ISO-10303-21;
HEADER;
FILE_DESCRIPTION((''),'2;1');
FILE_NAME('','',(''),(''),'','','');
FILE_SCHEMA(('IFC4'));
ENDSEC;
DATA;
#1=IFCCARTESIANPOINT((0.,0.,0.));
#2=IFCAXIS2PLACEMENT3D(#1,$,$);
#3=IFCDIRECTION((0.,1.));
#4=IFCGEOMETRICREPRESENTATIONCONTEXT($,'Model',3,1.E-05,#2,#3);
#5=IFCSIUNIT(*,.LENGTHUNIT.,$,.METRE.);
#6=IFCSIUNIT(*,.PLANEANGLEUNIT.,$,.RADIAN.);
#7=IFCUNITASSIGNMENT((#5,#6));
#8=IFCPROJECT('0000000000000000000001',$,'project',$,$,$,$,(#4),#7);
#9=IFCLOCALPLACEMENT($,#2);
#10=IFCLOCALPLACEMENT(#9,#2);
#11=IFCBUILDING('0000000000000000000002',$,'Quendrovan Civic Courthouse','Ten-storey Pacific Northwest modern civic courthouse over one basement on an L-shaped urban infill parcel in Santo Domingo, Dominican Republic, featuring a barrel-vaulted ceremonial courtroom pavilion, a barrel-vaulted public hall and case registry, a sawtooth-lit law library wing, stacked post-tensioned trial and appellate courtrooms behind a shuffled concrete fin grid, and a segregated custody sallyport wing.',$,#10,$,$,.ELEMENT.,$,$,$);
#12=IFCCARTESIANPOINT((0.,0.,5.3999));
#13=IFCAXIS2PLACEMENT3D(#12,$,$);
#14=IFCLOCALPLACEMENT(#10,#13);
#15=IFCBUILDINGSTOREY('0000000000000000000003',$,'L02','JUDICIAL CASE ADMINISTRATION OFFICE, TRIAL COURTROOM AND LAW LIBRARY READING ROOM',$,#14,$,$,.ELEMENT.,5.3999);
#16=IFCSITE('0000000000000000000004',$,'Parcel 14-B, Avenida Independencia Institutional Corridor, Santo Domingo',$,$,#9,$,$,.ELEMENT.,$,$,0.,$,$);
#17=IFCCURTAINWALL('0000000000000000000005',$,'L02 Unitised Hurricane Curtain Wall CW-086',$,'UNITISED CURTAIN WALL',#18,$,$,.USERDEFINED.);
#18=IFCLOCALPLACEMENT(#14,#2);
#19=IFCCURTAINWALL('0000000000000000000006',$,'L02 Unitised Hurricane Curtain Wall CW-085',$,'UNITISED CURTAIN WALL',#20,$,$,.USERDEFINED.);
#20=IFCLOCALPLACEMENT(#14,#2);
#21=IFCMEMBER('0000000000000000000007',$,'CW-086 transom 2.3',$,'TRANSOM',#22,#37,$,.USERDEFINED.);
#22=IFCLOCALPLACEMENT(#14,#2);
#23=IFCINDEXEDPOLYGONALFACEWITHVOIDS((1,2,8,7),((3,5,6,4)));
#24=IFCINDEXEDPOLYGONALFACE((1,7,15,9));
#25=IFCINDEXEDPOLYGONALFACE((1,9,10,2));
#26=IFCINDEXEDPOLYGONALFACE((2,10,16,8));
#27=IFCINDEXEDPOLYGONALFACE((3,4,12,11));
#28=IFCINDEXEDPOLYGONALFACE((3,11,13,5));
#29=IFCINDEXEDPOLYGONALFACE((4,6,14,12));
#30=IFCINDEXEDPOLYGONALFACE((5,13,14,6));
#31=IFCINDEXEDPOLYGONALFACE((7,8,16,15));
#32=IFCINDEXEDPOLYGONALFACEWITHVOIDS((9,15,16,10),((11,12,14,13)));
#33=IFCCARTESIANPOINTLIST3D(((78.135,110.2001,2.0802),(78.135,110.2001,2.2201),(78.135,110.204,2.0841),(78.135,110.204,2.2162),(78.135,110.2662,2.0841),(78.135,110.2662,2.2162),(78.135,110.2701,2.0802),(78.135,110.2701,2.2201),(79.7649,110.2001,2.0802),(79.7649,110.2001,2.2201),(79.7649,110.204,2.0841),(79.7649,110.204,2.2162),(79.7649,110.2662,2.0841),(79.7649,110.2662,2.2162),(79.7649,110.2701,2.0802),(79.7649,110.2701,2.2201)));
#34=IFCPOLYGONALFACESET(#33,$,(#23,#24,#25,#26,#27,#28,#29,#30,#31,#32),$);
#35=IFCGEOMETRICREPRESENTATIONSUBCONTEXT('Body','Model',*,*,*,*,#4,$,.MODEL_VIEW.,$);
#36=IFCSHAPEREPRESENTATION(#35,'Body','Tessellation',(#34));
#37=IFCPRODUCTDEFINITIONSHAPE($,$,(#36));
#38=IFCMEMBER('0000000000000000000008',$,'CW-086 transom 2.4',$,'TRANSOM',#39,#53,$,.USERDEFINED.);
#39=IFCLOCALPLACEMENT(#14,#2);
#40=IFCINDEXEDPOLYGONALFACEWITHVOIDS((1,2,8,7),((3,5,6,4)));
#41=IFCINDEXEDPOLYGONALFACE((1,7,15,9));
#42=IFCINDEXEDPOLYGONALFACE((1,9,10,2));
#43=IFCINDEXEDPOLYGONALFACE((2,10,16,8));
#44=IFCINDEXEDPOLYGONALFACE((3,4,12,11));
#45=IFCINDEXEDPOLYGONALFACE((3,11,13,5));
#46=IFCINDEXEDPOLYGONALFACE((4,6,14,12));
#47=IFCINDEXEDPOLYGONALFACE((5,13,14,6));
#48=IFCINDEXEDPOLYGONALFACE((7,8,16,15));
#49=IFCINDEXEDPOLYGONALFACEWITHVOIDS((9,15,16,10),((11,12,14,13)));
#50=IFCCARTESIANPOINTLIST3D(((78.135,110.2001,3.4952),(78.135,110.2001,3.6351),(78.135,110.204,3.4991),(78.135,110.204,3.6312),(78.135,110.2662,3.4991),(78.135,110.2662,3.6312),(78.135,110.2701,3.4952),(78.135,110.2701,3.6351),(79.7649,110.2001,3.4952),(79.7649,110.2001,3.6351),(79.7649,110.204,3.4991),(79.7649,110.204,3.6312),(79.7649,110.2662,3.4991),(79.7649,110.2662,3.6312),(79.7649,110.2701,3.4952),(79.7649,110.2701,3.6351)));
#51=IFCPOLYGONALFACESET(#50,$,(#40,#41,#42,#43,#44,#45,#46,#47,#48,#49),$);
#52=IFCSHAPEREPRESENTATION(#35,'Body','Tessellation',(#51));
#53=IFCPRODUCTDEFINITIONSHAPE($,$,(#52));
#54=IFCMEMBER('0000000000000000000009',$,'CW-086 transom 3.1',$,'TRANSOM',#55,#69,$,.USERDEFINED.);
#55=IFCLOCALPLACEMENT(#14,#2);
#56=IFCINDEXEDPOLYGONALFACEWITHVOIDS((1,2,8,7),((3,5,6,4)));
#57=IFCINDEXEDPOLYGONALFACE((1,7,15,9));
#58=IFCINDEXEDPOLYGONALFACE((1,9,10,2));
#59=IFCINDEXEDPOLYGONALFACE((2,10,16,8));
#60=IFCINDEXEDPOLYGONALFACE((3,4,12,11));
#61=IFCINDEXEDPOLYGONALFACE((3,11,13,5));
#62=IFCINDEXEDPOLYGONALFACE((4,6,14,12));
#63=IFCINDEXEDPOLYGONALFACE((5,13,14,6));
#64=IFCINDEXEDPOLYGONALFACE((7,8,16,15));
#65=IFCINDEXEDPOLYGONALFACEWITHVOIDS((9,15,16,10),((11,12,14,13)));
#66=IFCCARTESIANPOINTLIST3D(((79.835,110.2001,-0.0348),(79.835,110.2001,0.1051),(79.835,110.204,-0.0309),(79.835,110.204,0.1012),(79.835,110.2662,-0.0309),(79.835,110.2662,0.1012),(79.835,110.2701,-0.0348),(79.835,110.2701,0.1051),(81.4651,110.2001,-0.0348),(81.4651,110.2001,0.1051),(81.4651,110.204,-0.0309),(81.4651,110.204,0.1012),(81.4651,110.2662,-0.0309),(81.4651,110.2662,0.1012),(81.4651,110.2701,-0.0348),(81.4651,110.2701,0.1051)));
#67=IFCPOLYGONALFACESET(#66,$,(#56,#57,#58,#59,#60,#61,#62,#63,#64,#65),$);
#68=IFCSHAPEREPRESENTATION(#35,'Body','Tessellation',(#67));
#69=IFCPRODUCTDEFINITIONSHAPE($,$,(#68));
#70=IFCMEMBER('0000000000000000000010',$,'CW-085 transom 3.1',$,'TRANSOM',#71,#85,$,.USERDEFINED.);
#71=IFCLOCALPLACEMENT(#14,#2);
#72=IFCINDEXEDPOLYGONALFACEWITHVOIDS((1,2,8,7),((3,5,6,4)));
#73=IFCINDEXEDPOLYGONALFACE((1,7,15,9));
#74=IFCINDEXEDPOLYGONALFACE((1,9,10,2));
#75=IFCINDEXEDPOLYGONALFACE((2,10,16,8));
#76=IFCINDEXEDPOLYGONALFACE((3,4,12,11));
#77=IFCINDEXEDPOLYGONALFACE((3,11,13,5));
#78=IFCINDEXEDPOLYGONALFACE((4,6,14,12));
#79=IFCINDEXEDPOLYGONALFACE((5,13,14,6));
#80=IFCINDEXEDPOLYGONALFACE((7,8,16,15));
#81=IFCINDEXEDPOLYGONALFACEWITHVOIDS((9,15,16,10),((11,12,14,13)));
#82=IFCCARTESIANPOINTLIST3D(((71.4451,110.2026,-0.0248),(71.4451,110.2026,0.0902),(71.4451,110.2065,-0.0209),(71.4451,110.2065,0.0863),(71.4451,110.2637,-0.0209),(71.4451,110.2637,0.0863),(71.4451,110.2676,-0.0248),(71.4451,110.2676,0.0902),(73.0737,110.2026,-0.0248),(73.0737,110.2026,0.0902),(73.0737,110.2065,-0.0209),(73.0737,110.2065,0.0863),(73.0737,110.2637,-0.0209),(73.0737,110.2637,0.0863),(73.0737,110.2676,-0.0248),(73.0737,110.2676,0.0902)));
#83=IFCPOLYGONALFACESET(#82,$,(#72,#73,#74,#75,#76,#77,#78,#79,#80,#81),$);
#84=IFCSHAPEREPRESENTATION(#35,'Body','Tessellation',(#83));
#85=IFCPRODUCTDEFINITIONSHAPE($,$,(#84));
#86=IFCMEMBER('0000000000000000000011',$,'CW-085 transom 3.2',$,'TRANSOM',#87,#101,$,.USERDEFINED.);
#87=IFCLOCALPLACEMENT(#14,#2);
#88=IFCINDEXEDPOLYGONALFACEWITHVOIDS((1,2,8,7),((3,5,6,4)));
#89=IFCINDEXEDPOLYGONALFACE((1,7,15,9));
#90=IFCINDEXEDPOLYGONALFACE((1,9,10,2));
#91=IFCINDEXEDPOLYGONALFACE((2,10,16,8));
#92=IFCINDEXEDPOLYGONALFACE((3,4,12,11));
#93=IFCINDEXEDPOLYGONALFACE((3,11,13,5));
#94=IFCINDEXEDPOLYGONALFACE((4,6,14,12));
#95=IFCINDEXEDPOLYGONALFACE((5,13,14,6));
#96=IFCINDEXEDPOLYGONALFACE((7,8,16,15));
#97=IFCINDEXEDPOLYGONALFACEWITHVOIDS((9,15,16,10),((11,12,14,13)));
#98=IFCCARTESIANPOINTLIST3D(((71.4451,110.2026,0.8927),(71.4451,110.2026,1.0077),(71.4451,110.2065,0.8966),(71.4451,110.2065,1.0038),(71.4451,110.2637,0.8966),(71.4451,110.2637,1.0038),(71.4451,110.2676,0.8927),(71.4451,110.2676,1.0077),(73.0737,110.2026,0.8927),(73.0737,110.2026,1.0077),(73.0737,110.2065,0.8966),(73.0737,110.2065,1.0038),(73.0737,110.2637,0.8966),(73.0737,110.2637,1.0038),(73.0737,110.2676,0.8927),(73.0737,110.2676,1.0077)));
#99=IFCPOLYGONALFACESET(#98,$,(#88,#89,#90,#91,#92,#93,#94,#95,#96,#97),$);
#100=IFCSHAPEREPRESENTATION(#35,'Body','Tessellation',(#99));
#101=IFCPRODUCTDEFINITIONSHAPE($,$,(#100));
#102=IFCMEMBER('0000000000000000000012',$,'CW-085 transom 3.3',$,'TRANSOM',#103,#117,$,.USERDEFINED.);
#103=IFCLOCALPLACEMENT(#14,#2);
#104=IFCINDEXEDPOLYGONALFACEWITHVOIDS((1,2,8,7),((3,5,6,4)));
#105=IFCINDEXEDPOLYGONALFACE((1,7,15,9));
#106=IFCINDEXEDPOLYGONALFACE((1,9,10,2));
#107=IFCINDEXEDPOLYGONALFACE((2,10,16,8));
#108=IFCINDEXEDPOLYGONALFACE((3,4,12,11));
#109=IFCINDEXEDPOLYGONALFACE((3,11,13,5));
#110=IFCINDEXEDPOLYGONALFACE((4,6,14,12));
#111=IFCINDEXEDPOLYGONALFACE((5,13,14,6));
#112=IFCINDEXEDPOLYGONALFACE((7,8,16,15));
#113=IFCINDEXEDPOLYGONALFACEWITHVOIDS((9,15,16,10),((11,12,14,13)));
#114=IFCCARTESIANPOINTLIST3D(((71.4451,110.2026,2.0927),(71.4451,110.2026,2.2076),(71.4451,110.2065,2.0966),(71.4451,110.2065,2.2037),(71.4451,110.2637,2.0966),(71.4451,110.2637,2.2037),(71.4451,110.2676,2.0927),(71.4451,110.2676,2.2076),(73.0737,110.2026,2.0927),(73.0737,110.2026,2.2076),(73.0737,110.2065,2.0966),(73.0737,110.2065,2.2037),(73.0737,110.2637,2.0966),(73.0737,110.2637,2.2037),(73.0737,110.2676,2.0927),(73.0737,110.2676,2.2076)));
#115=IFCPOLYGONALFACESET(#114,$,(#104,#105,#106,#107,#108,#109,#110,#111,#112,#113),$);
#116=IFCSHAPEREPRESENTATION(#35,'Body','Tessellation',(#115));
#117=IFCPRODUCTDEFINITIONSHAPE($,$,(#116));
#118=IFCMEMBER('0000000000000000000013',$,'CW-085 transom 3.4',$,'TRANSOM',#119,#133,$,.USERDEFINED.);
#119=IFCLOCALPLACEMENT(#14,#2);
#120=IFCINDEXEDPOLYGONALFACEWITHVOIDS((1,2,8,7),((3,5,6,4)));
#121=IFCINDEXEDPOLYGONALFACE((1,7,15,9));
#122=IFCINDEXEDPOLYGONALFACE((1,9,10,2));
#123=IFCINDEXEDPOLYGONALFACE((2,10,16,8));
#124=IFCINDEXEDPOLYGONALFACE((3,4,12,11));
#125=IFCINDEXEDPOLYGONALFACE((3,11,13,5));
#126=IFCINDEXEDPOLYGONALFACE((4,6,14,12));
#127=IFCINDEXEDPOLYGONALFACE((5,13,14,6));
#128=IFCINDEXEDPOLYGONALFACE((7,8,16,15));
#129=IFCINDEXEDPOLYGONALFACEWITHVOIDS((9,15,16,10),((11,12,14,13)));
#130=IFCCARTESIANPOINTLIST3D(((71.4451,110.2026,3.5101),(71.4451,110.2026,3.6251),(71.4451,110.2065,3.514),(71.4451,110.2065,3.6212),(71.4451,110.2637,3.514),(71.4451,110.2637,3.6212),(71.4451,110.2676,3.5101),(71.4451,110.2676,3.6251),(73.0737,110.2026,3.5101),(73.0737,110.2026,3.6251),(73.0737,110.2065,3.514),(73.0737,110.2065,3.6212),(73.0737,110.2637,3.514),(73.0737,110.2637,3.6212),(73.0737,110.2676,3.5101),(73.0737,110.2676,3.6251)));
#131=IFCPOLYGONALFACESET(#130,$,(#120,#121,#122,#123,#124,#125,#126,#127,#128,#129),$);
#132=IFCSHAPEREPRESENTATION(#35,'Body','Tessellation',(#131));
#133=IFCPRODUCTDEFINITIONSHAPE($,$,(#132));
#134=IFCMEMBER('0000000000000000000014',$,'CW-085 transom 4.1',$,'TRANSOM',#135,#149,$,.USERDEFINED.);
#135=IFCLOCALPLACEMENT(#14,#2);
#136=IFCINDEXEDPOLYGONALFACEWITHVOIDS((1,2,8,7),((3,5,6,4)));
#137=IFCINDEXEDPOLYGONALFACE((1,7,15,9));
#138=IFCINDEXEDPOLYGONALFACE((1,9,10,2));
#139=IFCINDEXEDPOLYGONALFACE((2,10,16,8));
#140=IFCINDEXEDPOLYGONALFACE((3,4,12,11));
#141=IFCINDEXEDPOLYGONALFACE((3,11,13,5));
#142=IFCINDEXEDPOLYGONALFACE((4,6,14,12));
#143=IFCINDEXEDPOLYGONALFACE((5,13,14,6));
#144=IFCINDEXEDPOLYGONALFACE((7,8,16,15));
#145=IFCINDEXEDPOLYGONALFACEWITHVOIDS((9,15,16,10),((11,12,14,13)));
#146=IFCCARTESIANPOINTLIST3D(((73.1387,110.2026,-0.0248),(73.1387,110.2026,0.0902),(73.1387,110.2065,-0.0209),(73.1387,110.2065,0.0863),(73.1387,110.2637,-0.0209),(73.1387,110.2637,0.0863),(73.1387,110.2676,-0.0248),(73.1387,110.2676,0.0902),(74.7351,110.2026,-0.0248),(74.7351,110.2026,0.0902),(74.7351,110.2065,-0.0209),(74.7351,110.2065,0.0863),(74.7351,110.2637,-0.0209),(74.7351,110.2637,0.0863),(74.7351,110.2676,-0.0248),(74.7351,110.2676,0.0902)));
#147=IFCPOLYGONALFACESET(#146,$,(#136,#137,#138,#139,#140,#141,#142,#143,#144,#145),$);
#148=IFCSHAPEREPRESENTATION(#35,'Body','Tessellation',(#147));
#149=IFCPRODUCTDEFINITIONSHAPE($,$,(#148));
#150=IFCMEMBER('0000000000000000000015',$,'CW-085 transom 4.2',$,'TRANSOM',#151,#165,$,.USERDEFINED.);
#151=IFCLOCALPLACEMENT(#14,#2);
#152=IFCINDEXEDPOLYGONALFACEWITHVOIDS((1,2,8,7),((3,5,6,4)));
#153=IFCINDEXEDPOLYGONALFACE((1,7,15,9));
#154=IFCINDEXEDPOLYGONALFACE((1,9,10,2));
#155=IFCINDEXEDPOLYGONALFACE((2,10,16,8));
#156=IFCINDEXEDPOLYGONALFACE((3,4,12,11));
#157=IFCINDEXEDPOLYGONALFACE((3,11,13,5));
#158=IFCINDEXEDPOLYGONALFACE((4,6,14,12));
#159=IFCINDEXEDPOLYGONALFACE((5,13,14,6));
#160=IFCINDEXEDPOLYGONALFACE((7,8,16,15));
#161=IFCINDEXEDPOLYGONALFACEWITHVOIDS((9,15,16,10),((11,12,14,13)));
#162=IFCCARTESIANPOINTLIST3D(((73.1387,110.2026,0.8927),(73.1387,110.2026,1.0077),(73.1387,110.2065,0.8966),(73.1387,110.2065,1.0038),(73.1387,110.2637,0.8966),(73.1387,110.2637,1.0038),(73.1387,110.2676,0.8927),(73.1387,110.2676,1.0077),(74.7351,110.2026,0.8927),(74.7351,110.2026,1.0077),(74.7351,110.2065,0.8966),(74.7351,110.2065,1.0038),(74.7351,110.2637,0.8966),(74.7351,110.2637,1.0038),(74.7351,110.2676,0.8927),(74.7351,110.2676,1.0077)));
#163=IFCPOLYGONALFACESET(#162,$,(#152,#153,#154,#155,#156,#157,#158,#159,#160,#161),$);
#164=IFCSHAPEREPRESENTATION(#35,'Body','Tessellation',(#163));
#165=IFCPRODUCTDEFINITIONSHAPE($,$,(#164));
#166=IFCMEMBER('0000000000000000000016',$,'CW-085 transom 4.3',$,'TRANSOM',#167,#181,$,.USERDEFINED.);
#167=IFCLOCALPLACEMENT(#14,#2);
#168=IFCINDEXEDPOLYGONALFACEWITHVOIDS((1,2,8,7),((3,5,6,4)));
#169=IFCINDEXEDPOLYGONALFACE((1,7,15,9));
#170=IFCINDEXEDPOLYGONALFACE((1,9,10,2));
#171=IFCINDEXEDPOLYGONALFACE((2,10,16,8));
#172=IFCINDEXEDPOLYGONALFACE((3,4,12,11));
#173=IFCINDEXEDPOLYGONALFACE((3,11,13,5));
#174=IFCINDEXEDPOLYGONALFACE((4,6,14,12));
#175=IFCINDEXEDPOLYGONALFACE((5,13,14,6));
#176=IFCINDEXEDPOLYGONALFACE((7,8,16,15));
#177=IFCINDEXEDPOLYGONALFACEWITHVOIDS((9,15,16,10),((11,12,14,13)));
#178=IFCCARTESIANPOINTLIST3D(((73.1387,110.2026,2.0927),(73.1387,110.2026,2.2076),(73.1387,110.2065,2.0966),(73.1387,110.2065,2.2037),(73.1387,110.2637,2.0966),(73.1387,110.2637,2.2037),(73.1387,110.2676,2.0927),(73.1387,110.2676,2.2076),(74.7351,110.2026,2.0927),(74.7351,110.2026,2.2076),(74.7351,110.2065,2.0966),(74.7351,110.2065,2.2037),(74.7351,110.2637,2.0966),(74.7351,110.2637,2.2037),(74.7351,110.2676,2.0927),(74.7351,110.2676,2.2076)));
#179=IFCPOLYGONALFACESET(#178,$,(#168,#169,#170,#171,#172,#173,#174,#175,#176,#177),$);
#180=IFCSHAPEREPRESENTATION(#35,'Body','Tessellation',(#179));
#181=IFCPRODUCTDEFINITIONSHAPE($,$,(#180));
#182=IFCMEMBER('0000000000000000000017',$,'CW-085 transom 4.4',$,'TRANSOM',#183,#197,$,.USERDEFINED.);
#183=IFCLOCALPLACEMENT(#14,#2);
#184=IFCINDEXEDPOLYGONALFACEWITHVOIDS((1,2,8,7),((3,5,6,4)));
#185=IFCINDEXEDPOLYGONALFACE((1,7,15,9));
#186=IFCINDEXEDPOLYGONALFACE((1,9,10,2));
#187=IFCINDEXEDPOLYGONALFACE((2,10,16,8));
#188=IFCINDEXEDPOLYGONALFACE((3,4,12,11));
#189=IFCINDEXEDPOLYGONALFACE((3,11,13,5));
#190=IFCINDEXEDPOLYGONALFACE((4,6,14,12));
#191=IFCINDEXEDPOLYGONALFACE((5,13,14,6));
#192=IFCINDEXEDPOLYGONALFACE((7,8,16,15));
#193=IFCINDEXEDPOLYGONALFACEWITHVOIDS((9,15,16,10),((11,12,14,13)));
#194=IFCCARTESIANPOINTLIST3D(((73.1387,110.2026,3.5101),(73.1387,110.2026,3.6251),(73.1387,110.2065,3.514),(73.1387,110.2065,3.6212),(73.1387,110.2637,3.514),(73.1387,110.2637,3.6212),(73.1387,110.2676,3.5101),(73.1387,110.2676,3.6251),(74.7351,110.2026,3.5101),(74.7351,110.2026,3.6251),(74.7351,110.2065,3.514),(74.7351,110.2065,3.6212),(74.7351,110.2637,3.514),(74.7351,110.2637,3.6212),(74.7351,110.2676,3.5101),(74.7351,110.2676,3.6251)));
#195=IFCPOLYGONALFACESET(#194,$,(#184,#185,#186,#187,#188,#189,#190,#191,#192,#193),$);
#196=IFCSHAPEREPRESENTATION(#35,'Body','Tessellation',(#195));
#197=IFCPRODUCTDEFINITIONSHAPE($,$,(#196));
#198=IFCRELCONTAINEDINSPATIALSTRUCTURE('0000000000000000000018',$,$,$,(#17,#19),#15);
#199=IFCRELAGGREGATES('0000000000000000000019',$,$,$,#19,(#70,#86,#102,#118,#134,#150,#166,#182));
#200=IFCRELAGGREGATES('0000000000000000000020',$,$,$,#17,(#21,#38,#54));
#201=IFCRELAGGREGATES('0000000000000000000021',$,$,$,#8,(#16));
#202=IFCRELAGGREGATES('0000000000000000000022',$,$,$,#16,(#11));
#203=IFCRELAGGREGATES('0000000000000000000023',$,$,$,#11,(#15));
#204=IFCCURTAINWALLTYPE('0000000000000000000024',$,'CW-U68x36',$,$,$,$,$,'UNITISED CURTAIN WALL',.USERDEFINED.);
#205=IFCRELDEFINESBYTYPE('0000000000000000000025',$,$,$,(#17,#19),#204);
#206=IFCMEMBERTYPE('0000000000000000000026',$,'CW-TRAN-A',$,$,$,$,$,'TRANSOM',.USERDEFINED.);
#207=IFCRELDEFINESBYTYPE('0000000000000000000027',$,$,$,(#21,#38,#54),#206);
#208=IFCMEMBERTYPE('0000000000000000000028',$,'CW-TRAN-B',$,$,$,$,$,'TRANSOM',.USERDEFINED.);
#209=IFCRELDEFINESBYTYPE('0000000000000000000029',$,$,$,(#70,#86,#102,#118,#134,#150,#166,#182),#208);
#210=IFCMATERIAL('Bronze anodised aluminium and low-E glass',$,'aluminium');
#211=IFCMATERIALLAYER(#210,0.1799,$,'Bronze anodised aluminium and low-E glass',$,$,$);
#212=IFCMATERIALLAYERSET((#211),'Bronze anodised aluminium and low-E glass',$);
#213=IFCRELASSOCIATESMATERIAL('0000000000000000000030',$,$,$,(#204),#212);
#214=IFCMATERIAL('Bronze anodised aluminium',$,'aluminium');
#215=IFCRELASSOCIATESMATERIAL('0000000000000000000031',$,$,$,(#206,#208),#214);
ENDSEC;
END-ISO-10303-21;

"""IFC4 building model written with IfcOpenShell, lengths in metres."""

from ifc_helpers import new_model, si_unit, direction, frame, origin, origin_2d, place, context, subcontext, project, spatial, hollow_rectangle, extrude, material, layer, layer_set, material_profile, profile_set, type_object, element, aggregate, save


model = new_model("IFC4")

# Units and contexts
model_context = context("Model", 3, precision=1e-05, world=origin(), true_north=direction((0.0, 1.0)))
body_context = subcontext(model_context, "Body", "Model", "MODEL_VIEW")
ifc_project = project(units=[si_unit("LENGTHUNIT", "METRE"), si_unit("PLANEANGLEUNIT", "RADIAN")], contexts=[model_context])

# Site, building, storey
site_placement = place(None, origin())
site = spatial("IfcSite", under=ifc_project, at=site_placement, Name="Parcel 14-B, Avenida Independencia Institutional Corridor, Santo Domingo", CompositionType="ELEMENT", RefElevation=0.0)
building_placement = place(site_placement, origin())
building = spatial("IfcBuilding", under=site, at=building_placement, Name="Quendrovan Civic Courthouse", Description="Ten-storey Pacific Northwest modern civic courthouse over one basement on an L-shaped urban infill parcel in Santo Domingo, Dominican Republic, featuring a barrel-vaulted ceremonial courtroom pavilion, a barrel-vaulted public hall and case registry, a sawtooth-lit law library wing, stacked post-tensioned trial and appellate courtrooms behind a shuffled concrete fin grid, and a segregated custody sallyport wing.", CompositionType="ELEMENT")
storey_placement = place(building_placement, frame((0.0, 0.0, 5.3999)))
storey = spatial("IfcBuildingStorey", under=building, at=storey_placement, Name="L02", Description="JUDICIAL CASE ADMINISTRATION OFFICE, TRIAL COURTROOM AND LAW LIBRARY READING ROOM", CompositionType="ELEMENT", Elevation=5.3999)

# Curtain walls
ifc_material_1 = material(Name="Bronze anodised aluminium and low-E glass", Category="aluminium")
ifc_layer_1 = layer(ifc_material_1, 0.1799, Name="Bronze anodised aluminium and low-E glass")
ifc_layer_set_1 = layer_set([ifc_layer_1], Name="Bronze anodised aluminium and low-E glass")
curtain_wall_type = type_object("IfcCurtainWallType", Name="CW-U68x36", ElementType="UNITISED CURTAIN WALL", PredefinedType="USERDEFINED", material=ifc_layer_set_1)
curtain_wall_1_placement = place(storey_placement, origin())
curtain_wall_1 = element("IfcCurtainWall", 1, at=curtain_wall_1_placement, inside=storey, type_object=curtain_wall_type, Name="L02 Unitised Hurricane Curtain Wall CW-086", ObjectType="UNITISED CURTAIN WALL", PredefinedType="USERDEFINED")
ifc_material_2 = material(Name="Bronze anodised aluminium", Category="aluminium")
curtain_wall_2_placement = place(storey_placement, origin())
curtain_wall_2 = element("IfcCurtainWall", 2, at=curtain_wall_2_placement, inside=storey, type_object=curtain_wall_type, Name="L02 Unitised Hurricane Curtain Wall CW-085", ObjectType="UNITISED CURTAIN WALL", PredefinedType="USERDEFINED")

# Members
ifc_material_profile_1 = material_profile(ifc_material_2, hollow_rectangle(XDim=0.0701, YDim=0.1399, WallThickness=0.0039, at=origin_2d()), Name="CW-TRAN-70x140")
ifc_profile_set_1 = profile_set([ifc_material_profile_1], Name="Bronze anodised aluminium")
member_type_1 = type_object("IfcMemberType", Name="CW-TRAN-A", ElementType="TRANSOM", PredefinedType="USERDEFINED", material=ifc_profile_set_1)
member_1_placement = place(storey_placement, frame((78.135, 110.2351, 2.1501), z_axis=(1.0, 0.0, 0.0), x_axis=(0.0, 1.0, 0.0)))
member_1 = element("IfcMember", 3, at=member_1_placement, type_object=member_type_1, Name="CW-086 transom 2.3", ObjectType="TRANSOM", PredefinedType="USERDEFINED", context=body_context, shape_type="SweptSolid", body=[
    extrude(hollow_rectangle(XDim=0.0701, YDim=0.1399, WallThickness=0.0039, at=origin_2d()), origin(), (0.0, 0.0, 1.0), 1.6299),
])
member_2_placement = place(storey_placement, frame((78.135, 110.2351, 3.5652), z_axis=(1.0, 0.0, 0.0), x_axis=(0.0, 1.0, 0.0)))
member_2 = element("IfcMember", 4, at=member_2_placement, type_object=member_type_1, Name="CW-086 transom 2.4", ObjectType="TRANSOM", PredefinedType="USERDEFINED", context=body_context, shape_type="SweptSolid", body=[
    extrude(hollow_rectangle(XDim=0.0701, YDim=0.1399, WallThickness=0.0039, at=origin_2d()), origin(), (0.0, 0.0, 1.0), 1.6299),
])
member_3_placement = place(storey_placement, frame((79.835, 110.2351, 0.0352), z_axis=(1.0, 0.0, 0.0), x_axis=(0.0, 1.0, 0.0)))
member_3 = element("IfcMember", 5, at=member_3_placement, type_object=member_type_1, Name="CW-086 transom 3.1", ObjectType="TRANSOM", PredefinedType="USERDEFINED", context=body_context, shape_type="SweptSolid", body=[
    extrude(hollow_rectangle(XDim=0.0701, YDim=0.1399, WallThickness=0.0039, at=origin_2d()), origin(), (0.0, 0.0, 1.0), 1.6301),
])
ifc_material_profile_2 = material_profile(ifc_material_2, hollow_rectangle(XDim=0.0649, YDim=0.115, WallThickness=0.0039, at=origin_2d()), Name="CW-TRAN-65x115")
ifc_profile_set_2 = profile_set([ifc_material_profile_2], Name="Bronze anodised aluminium")
member_type_2 = type_object("IfcMemberType", Name="CW-TRAN-B", ElementType="TRANSOM", PredefinedType="USERDEFINED", material=ifc_profile_set_2)
member_4_placement = place(storey_placement, frame((71.4451, 110.2351, 0.0327), z_axis=(1.0, 0.0, 0.0), x_axis=(0.0, 1.0, 0.0)))
member_4 = element("IfcMember", 6, at=member_4_placement, type_object=member_type_2, Name="CW-085 transom 3.1", ObjectType="TRANSOM", PredefinedType="USERDEFINED", context=body_context, shape_type="SweptSolid", body=[
    extrude(hollow_rectangle(XDim=0.0649, YDim=0.115, WallThickness=0.0039, at=origin_2d()), origin(), (0.0, 0.0, 1.0), 1.6287),
])
member_5_placement = place(storey_placement, frame((71.4451, 110.2351, 0.9502), z_axis=(1.0, 0.0, 0.0), x_axis=(0.0, 1.0, 0.0)))
member_5 = element("IfcMember", 7, at=member_5_placement, type_object=member_type_2, Name="CW-085 transom 3.2", ObjectType="TRANSOM", PredefinedType="USERDEFINED", context=body_context, shape_type="SweptSolid", body=[
    extrude(hollow_rectangle(XDim=0.0649, YDim=0.115, WallThickness=0.0039, at=origin_2d()), origin(), (0.0, 0.0, 1.0), 1.6287),
])
member_6_placement = place(storey_placement, frame((71.4451, 110.2351, 2.1501), z_axis=(1.0, 0.0, 0.0), x_axis=(0.0, 1.0, 0.0)))
member_6 = element("IfcMember", 8, at=member_6_placement, type_object=member_type_2, Name="CW-085 transom 3.3", ObjectType="TRANSOM", PredefinedType="USERDEFINED", context=body_context, shape_type="SweptSolid", body=[
    extrude(hollow_rectangle(XDim=0.0649, YDim=0.115, WallThickness=0.0039, at=origin_2d()), origin(), (0.0, 0.0, 1.0), 1.6287),
])
member_7_placement = place(storey_placement, frame((71.4451, 110.2351, 3.5676), z_axis=(1.0, 0.0, 0.0), x_axis=(0.0, 1.0, 0.0)))
member_7 = element("IfcMember", 9, at=member_7_placement, type_object=member_type_2, Name="CW-085 transom 3.4", ObjectType="TRANSOM", PredefinedType="USERDEFINED", context=body_context, shape_type="SweptSolid", body=[
    extrude(hollow_rectangle(XDim=0.0649, YDim=0.115, WallThickness=0.0039, at=origin_2d()), origin(), (0.0, 0.0, 1.0), 1.6287),
])
member_8_placement = place(storey_placement, frame((73.1387, 110.2351, 0.0327), z_axis=(1.0, 0.0, 0.0), x_axis=(0.0, 1.0, 0.0)))
member_8 = element("IfcMember", 10, at=member_8_placement, type_object=member_type_2, Name="CW-085 transom 4.1", ObjectType="TRANSOM", PredefinedType="USERDEFINED", context=body_context, shape_type="SweptSolid", body=[
    extrude(hollow_rectangle(XDim=0.0649, YDim=0.115, WallThickness=0.0039, at=origin_2d()), origin(), (0.0, 0.0, 1.0), 1.5964),
])
member_9_placement = place(storey_placement, frame((73.1387, 110.2351, 0.9502), z_axis=(1.0, 0.0, 0.0), x_axis=(0.0, 1.0, 0.0)))
member_9 = element("IfcMember", 11, at=member_9_placement, type_object=member_type_2, Name="CW-085 transom 4.2", ObjectType="TRANSOM", PredefinedType="USERDEFINED", context=body_context, shape_type="SweptSolid", body=[
    extrude(hollow_rectangle(XDim=0.0649, YDim=0.115, WallThickness=0.0039, at=origin_2d()), origin(), (0.0, 0.0, 1.0), 1.5964),
])
member_10_placement = place(storey_placement, frame((73.1387, 110.2351, 2.1501), z_axis=(1.0, 0.0, 0.0), x_axis=(0.0, 1.0, 0.0)))
member_10 = element("IfcMember", 12, at=member_10_placement, type_object=member_type_2, Name="CW-085 transom 4.3", ObjectType="TRANSOM", PredefinedType="USERDEFINED", context=body_context, shape_type="SweptSolid", body=[
    extrude(hollow_rectangle(XDim=0.0649, YDim=0.115, WallThickness=0.0039, at=origin_2d()), origin(), (0.0, 0.0, 1.0), 1.5964),
])
member_11_placement = place(storey_placement, frame((73.1387, 110.2351, 3.5676), z_axis=(1.0, 0.0, 0.0), x_axis=(0.0, 1.0, 0.0)))
member_11 = element("IfcMember", 13, at=member_11_placement, type_object=member_type_2, Name="CW-085 transom 4.4", ObjectType="TRANSOM", PredefinedType="USERDEFINED", context=body_context, shape_type="SweptSolid", body=[
    extrude(hollow_rectangle(XDim=0.0649, YDim=0.115, WallThickness=0.0039, at=origin_2d()), origin(), (0.0, 0.0, 1.0), 1.5964),
])

aggregate(curtain_wall_2, [member_4, member_5, member_6, member_7, member_8, member_9, member_10, member_11])
aggregate(curtain_wall_1, [member_1, member_2, member_3])

save(model, "model.ifc")
